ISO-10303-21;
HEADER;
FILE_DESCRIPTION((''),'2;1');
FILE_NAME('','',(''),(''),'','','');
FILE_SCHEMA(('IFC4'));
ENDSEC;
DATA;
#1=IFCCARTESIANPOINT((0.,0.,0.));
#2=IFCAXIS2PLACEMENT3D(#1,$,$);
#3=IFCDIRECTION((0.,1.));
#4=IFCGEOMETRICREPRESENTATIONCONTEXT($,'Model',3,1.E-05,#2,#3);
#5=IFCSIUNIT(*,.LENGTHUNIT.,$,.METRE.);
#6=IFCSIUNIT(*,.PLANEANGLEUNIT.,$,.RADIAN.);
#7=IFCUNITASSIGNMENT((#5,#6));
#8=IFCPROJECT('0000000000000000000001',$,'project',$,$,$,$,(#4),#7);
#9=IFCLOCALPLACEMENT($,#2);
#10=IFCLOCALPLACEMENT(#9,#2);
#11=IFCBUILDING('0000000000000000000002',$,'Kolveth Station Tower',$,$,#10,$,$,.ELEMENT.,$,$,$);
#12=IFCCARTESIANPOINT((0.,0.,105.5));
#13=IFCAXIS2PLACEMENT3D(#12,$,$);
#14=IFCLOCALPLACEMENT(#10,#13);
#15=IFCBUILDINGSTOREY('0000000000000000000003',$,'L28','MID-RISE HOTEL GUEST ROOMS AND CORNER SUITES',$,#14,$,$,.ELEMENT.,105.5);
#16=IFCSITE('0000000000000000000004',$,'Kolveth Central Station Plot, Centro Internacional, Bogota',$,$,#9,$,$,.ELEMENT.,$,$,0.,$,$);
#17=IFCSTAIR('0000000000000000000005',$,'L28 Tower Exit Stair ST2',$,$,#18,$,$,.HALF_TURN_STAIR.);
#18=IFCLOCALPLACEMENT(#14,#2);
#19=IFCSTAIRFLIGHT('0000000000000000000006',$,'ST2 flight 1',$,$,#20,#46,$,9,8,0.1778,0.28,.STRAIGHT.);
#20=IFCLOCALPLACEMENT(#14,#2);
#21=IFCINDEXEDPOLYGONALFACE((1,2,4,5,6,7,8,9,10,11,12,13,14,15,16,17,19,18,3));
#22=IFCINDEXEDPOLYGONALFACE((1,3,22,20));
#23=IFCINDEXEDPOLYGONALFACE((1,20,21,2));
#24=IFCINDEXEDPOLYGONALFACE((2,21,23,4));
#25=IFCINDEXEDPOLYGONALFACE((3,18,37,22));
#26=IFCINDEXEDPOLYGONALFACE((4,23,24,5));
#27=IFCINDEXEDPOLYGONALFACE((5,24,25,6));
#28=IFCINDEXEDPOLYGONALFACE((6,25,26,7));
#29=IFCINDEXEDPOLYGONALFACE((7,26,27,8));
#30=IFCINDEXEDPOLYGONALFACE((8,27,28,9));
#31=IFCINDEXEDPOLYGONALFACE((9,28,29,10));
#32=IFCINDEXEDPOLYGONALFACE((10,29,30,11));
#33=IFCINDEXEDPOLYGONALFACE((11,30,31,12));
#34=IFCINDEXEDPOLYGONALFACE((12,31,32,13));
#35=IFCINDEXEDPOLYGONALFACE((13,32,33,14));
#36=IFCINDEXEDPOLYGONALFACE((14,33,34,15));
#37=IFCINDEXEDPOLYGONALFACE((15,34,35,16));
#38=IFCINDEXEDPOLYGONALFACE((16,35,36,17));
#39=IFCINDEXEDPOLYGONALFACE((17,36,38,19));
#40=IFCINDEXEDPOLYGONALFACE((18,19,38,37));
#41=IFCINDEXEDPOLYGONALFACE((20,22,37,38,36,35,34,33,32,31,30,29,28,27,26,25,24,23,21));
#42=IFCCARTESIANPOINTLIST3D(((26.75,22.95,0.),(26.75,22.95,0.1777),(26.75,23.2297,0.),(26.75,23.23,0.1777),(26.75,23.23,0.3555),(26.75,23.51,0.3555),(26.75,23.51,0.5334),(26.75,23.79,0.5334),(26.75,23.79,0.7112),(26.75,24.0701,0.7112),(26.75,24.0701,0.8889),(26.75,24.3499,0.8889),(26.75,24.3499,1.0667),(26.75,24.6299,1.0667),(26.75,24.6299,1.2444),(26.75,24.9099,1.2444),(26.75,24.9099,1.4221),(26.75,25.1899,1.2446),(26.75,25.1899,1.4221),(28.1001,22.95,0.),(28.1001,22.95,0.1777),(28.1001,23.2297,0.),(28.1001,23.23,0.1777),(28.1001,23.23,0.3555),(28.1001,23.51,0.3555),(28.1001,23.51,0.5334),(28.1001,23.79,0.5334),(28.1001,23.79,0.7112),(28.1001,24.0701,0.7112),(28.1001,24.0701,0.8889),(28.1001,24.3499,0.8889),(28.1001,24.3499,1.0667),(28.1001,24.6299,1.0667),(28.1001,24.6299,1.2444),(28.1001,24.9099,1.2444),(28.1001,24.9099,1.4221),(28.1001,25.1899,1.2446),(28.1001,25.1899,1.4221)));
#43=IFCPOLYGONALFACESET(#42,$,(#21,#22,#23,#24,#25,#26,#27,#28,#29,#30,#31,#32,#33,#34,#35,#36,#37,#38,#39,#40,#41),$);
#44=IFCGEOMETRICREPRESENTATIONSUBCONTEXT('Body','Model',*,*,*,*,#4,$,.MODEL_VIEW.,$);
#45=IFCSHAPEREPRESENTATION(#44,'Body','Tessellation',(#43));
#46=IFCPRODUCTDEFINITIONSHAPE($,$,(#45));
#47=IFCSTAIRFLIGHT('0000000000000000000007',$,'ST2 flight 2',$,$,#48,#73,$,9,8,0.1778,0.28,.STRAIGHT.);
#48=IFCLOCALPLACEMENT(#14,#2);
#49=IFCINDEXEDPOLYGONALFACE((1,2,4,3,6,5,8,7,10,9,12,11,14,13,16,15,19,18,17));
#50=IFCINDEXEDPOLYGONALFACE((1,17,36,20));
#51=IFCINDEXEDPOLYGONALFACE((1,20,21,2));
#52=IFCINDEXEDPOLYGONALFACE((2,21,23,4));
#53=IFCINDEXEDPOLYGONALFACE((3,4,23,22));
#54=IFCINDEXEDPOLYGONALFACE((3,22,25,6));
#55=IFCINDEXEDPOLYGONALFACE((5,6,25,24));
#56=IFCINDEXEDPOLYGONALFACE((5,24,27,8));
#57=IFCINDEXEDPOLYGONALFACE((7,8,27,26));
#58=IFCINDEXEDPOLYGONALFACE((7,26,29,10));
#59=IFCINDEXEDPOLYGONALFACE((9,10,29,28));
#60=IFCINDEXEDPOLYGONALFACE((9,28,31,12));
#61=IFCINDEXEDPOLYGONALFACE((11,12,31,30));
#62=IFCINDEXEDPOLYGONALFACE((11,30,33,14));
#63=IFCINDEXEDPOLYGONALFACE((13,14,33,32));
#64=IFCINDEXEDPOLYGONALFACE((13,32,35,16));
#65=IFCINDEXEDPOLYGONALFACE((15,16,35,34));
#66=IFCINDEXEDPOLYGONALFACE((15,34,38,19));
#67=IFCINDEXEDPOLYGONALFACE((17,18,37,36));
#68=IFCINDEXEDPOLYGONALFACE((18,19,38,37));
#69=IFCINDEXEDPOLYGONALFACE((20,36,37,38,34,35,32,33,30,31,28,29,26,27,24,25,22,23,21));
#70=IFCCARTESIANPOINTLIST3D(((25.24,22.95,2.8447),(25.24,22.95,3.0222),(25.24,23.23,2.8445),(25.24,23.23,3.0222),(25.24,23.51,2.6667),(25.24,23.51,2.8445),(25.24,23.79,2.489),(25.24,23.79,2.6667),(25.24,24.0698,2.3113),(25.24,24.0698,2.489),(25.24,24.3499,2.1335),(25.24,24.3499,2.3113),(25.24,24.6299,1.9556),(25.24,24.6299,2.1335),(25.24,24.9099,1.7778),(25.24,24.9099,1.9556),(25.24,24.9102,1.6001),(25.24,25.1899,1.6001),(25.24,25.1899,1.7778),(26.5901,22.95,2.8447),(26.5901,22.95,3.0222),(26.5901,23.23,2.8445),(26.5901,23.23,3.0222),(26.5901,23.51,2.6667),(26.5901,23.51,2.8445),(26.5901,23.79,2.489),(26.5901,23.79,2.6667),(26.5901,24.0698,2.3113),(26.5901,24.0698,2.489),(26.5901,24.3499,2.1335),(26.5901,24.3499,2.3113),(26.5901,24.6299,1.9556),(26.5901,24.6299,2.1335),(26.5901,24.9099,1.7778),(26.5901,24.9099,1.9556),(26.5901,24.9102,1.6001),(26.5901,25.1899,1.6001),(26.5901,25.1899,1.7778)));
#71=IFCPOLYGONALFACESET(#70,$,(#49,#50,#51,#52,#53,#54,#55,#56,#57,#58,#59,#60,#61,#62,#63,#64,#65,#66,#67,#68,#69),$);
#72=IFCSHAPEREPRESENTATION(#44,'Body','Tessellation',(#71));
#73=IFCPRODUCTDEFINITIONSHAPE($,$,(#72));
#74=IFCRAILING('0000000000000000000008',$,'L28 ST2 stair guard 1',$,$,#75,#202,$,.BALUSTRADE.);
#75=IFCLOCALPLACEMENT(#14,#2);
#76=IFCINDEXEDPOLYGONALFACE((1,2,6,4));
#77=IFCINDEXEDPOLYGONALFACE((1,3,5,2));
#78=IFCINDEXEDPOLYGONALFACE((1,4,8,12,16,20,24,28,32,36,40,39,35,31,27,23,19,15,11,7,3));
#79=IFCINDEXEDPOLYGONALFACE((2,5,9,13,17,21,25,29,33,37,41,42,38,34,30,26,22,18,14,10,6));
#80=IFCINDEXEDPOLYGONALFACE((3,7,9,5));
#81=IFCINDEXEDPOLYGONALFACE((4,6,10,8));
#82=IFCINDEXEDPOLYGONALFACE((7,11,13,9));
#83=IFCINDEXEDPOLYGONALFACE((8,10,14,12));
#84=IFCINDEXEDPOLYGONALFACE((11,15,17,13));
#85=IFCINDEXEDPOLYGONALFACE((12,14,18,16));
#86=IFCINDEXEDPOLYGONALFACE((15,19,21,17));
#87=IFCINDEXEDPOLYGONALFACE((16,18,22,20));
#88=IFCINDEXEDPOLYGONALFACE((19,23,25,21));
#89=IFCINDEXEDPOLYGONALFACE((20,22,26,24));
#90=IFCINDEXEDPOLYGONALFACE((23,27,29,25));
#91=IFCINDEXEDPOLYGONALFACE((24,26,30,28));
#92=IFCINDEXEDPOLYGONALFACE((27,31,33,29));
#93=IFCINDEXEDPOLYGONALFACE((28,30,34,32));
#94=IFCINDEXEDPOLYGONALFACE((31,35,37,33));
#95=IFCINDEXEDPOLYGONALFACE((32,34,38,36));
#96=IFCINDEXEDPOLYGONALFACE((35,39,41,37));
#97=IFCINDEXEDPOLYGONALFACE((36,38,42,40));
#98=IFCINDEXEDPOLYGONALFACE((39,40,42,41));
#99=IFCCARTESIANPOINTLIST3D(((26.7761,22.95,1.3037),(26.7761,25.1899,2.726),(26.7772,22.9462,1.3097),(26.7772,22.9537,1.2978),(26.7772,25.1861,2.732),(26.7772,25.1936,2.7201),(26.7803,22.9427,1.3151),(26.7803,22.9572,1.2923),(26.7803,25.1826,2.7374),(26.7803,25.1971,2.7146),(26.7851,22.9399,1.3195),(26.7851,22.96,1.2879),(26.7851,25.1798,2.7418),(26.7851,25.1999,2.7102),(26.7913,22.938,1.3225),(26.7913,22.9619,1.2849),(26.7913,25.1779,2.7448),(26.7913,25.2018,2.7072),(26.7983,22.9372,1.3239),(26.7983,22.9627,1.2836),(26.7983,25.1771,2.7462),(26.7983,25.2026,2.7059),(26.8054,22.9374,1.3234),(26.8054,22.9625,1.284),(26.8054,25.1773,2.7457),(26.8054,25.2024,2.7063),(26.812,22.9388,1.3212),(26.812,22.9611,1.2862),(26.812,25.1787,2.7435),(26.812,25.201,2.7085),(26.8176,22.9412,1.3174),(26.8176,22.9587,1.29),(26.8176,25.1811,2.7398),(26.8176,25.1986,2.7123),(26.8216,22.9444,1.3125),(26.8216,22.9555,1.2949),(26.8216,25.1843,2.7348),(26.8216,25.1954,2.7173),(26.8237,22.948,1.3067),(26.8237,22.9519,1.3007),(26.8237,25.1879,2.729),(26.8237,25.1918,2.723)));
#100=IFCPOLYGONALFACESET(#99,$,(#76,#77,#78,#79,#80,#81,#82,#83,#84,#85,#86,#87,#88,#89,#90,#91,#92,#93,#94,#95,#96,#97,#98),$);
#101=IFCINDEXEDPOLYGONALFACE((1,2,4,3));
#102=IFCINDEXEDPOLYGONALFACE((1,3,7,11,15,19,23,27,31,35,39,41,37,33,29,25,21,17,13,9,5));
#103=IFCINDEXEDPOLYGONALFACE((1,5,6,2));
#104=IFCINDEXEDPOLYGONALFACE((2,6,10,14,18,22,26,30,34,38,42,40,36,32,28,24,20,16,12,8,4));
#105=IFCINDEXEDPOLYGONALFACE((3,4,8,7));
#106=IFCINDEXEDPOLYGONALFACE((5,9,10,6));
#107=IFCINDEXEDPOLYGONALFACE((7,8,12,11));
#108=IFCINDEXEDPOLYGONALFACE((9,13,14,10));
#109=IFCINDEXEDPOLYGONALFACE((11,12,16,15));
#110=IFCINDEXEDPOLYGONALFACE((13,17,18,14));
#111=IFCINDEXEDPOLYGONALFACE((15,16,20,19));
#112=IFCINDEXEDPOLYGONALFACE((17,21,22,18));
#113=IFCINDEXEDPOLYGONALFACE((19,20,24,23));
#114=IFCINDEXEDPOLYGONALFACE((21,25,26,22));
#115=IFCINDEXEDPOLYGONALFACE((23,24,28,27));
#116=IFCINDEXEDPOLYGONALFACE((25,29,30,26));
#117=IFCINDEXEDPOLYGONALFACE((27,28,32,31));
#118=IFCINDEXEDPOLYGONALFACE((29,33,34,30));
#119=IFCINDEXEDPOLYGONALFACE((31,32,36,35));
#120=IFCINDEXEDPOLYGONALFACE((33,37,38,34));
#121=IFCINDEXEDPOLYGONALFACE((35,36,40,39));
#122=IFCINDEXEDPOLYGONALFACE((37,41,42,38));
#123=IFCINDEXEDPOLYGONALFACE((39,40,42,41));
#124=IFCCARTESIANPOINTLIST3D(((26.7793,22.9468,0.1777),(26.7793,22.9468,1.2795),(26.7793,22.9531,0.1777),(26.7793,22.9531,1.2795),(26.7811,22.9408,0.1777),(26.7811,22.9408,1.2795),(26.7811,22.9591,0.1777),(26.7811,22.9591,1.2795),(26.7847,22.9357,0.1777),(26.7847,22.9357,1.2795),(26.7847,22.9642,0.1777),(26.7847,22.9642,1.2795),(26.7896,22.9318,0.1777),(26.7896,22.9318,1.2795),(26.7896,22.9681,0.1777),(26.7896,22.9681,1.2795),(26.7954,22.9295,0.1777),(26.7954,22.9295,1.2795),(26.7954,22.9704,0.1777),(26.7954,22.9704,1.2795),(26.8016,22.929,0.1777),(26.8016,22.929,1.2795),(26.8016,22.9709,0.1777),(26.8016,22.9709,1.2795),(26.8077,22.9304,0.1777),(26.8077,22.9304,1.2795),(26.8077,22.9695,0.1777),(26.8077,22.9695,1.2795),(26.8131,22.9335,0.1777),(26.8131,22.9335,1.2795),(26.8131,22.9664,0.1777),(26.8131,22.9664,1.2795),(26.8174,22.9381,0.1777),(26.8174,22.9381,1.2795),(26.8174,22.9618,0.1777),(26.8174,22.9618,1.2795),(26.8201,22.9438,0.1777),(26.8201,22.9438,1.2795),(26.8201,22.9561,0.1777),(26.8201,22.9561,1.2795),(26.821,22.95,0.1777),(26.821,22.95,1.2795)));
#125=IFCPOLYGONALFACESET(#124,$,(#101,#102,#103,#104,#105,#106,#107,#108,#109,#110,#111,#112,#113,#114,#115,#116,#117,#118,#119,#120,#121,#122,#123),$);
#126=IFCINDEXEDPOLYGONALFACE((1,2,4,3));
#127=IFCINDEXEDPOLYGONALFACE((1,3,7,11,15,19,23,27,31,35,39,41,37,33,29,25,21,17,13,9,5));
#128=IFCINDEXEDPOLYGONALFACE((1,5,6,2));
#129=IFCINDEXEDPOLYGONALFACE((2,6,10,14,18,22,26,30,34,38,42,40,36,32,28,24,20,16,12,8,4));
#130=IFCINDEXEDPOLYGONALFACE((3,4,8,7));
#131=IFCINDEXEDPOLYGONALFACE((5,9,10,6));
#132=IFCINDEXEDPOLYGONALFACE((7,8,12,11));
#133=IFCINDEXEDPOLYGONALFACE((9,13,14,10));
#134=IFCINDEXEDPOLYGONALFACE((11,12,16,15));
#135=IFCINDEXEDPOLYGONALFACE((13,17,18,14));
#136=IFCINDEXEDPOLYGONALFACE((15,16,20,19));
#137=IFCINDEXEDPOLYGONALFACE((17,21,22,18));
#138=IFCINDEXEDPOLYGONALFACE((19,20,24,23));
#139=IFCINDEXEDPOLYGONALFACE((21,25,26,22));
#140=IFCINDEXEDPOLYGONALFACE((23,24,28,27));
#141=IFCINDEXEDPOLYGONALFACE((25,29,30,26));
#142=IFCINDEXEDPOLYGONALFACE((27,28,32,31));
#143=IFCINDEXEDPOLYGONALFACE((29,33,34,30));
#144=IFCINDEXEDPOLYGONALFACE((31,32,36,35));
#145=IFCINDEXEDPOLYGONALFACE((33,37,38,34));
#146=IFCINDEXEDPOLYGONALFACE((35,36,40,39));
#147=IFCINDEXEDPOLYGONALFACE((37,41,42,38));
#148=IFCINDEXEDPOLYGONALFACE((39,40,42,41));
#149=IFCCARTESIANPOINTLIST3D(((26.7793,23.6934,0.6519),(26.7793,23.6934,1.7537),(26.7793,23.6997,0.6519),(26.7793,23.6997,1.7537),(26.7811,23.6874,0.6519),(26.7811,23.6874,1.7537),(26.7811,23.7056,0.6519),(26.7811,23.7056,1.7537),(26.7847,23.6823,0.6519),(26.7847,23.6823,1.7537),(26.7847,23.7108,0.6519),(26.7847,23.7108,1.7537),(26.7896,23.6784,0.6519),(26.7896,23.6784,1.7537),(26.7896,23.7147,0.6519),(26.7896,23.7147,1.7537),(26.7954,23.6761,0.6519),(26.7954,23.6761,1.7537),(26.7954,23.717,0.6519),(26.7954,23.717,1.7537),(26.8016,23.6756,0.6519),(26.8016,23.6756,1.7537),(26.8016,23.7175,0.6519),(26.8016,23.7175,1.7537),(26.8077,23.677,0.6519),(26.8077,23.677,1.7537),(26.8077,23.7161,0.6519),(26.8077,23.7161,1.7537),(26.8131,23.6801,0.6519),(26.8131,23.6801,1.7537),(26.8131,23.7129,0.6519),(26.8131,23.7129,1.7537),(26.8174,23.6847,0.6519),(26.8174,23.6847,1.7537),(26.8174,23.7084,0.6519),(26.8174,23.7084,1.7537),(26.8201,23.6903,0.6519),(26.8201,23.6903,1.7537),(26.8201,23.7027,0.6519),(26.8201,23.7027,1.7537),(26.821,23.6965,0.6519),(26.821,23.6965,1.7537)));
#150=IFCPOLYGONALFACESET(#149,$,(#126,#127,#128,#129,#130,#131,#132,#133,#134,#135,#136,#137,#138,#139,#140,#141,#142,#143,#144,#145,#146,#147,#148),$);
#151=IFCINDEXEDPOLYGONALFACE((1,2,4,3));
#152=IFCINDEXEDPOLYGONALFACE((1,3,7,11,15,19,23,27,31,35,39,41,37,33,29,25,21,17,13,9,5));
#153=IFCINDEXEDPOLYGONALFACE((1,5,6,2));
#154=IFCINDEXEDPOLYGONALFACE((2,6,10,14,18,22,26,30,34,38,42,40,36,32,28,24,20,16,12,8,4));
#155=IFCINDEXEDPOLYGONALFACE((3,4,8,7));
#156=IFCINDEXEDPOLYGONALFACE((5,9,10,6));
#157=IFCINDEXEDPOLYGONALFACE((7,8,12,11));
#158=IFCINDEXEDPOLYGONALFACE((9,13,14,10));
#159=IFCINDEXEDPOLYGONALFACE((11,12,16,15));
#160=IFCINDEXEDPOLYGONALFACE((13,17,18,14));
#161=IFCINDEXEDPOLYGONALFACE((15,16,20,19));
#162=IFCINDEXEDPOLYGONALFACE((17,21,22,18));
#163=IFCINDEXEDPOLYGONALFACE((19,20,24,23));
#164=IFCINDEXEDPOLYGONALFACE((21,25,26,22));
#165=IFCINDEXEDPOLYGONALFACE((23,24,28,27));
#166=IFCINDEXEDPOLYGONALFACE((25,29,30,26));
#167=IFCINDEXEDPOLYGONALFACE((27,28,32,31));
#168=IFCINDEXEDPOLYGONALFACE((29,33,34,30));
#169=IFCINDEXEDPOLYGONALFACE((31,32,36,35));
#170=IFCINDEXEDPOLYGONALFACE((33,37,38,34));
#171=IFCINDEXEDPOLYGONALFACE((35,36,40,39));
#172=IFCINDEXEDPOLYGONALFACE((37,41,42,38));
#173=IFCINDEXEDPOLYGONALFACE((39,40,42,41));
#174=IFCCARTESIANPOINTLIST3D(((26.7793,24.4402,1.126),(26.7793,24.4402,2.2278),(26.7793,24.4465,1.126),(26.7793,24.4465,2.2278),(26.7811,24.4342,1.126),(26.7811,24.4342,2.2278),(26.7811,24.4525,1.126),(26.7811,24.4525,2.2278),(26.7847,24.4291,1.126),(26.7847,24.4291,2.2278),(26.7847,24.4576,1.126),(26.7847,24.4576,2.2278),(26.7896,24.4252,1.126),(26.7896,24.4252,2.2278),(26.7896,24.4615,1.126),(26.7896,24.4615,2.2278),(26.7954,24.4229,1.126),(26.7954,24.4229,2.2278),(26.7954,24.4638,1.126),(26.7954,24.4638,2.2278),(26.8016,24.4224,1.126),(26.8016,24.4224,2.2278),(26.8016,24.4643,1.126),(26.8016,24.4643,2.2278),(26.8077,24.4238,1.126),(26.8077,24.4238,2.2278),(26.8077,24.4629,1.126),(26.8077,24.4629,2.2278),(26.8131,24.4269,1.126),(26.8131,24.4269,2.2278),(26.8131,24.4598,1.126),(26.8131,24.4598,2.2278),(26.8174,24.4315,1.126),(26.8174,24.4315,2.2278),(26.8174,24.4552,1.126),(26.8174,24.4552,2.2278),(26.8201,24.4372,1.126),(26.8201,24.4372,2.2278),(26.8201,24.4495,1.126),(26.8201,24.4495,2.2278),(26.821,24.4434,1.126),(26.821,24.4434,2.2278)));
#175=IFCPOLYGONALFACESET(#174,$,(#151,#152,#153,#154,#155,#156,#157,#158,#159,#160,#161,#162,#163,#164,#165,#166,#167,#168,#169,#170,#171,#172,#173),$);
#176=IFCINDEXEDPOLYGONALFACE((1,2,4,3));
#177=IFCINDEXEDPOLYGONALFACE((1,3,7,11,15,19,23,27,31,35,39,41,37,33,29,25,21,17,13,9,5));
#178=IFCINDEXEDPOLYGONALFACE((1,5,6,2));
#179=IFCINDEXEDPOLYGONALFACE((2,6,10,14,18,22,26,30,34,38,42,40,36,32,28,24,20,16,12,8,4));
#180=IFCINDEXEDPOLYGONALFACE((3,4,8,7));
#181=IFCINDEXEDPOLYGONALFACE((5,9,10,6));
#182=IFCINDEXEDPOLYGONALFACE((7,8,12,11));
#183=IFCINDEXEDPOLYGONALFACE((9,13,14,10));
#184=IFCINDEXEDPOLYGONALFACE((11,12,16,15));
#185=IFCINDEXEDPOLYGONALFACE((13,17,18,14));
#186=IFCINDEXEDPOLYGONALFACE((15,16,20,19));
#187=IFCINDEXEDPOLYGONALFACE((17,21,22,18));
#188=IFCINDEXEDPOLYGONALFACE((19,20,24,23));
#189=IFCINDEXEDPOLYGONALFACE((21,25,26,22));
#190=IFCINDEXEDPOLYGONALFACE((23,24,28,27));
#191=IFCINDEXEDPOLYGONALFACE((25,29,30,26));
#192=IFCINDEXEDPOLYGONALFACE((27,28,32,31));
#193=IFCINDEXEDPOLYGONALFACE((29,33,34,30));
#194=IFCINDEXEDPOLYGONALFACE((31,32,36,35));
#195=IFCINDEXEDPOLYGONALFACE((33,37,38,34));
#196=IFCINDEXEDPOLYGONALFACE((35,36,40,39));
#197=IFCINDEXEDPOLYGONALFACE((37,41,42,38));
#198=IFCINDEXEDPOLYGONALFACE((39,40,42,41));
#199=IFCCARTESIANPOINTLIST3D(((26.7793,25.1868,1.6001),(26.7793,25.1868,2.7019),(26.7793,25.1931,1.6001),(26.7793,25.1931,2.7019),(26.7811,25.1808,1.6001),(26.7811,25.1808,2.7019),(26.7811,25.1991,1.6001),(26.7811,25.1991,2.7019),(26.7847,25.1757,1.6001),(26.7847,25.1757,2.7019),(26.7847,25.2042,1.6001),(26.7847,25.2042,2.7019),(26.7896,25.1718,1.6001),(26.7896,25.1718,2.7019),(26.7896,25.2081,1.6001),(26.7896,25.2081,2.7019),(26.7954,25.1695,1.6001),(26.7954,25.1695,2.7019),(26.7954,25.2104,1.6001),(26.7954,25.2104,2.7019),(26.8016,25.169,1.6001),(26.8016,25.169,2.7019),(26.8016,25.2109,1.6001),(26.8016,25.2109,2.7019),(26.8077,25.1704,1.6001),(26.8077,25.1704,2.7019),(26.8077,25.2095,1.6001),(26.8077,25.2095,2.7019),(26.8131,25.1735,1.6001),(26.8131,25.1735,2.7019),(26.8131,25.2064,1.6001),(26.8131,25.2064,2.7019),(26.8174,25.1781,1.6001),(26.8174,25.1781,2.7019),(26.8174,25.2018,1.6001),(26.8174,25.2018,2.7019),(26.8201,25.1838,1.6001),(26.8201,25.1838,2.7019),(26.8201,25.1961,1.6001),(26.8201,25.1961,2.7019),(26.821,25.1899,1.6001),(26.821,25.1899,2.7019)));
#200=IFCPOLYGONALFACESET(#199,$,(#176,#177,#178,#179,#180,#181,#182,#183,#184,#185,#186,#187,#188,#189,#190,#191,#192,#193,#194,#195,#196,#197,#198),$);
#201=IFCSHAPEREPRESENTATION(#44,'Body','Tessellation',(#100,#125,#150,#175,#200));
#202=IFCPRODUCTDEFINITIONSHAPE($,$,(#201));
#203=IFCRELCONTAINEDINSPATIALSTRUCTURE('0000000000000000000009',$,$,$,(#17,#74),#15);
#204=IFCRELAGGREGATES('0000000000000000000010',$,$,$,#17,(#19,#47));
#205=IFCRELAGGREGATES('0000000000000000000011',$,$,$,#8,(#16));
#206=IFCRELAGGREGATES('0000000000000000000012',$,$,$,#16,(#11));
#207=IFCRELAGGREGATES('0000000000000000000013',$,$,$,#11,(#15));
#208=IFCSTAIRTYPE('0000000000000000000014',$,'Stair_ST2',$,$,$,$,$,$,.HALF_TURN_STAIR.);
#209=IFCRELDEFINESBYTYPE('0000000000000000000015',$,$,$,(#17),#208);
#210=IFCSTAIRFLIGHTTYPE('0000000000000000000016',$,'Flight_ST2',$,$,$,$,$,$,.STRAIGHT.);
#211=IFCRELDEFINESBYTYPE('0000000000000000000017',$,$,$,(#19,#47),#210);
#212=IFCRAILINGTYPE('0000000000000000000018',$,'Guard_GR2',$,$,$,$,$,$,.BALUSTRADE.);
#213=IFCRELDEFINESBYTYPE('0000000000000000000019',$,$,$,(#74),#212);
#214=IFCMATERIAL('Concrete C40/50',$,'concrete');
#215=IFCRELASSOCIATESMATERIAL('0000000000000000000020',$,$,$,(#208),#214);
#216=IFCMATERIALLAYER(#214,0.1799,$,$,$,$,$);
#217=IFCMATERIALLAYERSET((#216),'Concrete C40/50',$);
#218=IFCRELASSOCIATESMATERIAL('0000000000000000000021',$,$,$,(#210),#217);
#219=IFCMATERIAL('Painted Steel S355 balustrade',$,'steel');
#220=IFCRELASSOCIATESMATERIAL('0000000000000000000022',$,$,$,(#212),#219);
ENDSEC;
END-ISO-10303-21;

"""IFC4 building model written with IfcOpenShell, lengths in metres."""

from ifc_helpers import new_model, si_unit, direction, frame, origin, origin_2d, place, context, subcontext, project, spatial, polyline, circle, outline, extrude, material, layer, layer_set, type_object, element, aggregate, save


model = new_model("IFC4")

# Units and contexts
model_context = context("Model", 3, precision=1e-05, world=origin(), true_north=direction((0.0, 1.0)))
body_context = subcontext(model_context, "Body", "Model", "MODEL_VIEW")
ifc_project = project(units=[si_unit("LENGTHUNIT", "METRE"), si_unit("PLANEANGLEUNIT", "RADIAN")], contexts=[model_context])

# Site, building, storey
site_placement = place(None, origin())
site = spatial("IfcSite", under=ifc_project, at=site_placement, Name="Kolveth Central Station Plot, Centro Internacional, Bogota", CompositionType="ELEMENT", RefElevation=0.0)
building_placement = place(site_placement, origin())
building = spatial("IfcBuilding", under=site, at=building_placement, Name="Kolveth Station Tower", CompositionType="ELEMENT")
storey_placement = place(building_placement, frame((0.0, 0.0, 105.5)))
storey = spatial("IfcBuildingStorey", under=building, at=storey_placement, Name="L28", Description="MID-RISE HOTEL GUEST ROOMS AND CORNER SUITES", CompositionType="ELEMENT", Elevation=105.5)

# Shared definitions
ifc_material_1 = material(Name="Concrete C40/50", Category="concrete")

# Stair, stair flights
stair_type = type_object("IfcStairType", Name="Stair_ST2", PredefinedType="HALF_TURN_STAIR", material=ifc_material_1)
stair_placement = place(storey_placement, origin())
stair = element("IfcStair", 1, at=stair_placement, inside=storey, type_object=stair_type, Name="L28 Tower Exit Stair ST2", PredefinedType="HALF_TURN_STAIR")
ifc_layer_1 = layer(ifc_material_1, 0.1799)
ifc_layer_set_1 = layer_set([ifc_layer_1], Name="Concrete C40/50")
stair_flight_type = type_object("IfcStairFlightType", Name="Flight_ST2", PredefinedType="STRAIGHT", material=ifc_layer_set_1)
stair_flight_1_placement = place(storey_placement, frame((27.425, 22.95, 0.0), z_axis=(0.0, 0.0, 1.0), x_axis=(0.0, 1.0, 0.0)))
stair_flight_1 = element("IfcStairFlight", 2, at=stair_flight_1_placement, type_object=stair_flight_type, Name="ST2 flight 1", NumberOfRisers=9, NumberOfTreads=8, PredefinedType="STRAIGHT", RiserHeight=0.1778, TreadLength=0.28, context=body_context, shape_type="SweptSolid", body=[
    extrude(outline(polyline([(0.0, 0.0), (0.0, 0.1777), (0.28, 0.1777), (0.28, 0.3555), (0.5601, 0.3555), (0.5601, 0.5334), (0.8401, 0.5334), (0.8401, 0.7112), (1.1201, 0.7112), (1.1201, 0.8889), (1.3999, 0.8889), (1.3999, 1.0667), (1.6799, 1.0667), (1.6799, 1.2444), (1.96, 1.2444), (1.96, 1.4221), (2.24, 1.4221), (2.24, 1.6001), (2.24, 1.2446), (0.2798, 0.0), (0.0, 0.0)])), frame((0.0, 0.675, 0.0), z_axis=(0.0, -1.0, 0.0), x_axis=(1.0, 0.0, 0.0)), (0.0, 0.0, 1.0), 1.3501),
])
stair_flight_2_placement = place(storey_placement, frame((25.915, 25.1899, 1.6001), z_axis=(0.0, 0.0, 1.0), x_axis=(0.0, -1.0, 0.0)))
stair_flight_2 = element("IfcStairFlight", 3, at=stair_flight_2_placement, type_object=stair_flight_type, Name="ST2 flight 2", NumberOfRisers=9, NumberOfTreads=8, PredefinedType="STRAIGHT", RiserHeight=0.1778, TreadLength=0.28, context=body_context, shape_type="SweptSolid", body=[
    extrude(outline(polyline([(0.0, 0.0), (0.0, 0.1777), (0.28, 0.1777), (0.28, 0.3555), (0.5601, 0.3555), (0.5601, 0.5334), (0.8401, 0.5334), (0.8401, 0.7112), (1.1201, 0.7112), (1.1201, 0.8889), (1.3999, 0.8889), (1.3999, 1.0667), (1.6799, 1.0667), (1.6799, 1.2444), (1.96, 1.2444), (1.96, 1.4221), (2.24, 1.4221), (2.24, 1.6001), (2.24, 1.2446), (0.2798, 0.0), (0.0, 0.0)])), frame((0.0, 0.675, 0.0), z_axis=(0.0, -1.0, 0.0), x_axis=(1.0, 0.0, 0.0)), (0.0, 0.0, 1.0), 1.3501),
])
aggregate(stair, [stair_flight_1, stair_flight_2])

# Railing
ifc_material_2 = material(Name="Painted Steel S355 balustrade", Category="steel")
railing_type_1 = type_object("IfcRailingType", Name="Guard_GR2", PredefinedType="BALUSTRADE", material=ifc_material_2)
railing_1_placement = place(storey_placement, frame((26.8, 22.95, 0.1777)))
element("IfcRailing", 4, at=railing_1_placement, inside=storey, type_object=railing_type_1, Name="L28 ST2 stair guard 1", PredefinedType="BALUSTRADE", context=body_context, shape_type="SweptSolid", body=[
    extrude(circle(Radius=0.0239, at=origin_2d()), frame((0.0, 0.0, 1.126), z_axis=(0.0, 0.844188, 0.536048), x_axis=(-1.0, 0.0, 0.0)), (0.0, 0.0, 1.0), 2.6533),
    extrude(circle(Radius=0.021, at=origin_2d()), origin(), (0.0, 0.0, 1.0), 1.1018),
    extrude(circle(Radius=0.021, at=origin_2d()), frame((0.0, 0.7466, 0.4741)), (0.0, 0.0, 1.0), 1.1018),
    extrude(circle(Radius=0.021, at=origin_2d()), frame((0.0, 1.4934, 0.9482)), (0.0, 0.0, 1.0), 1.1018),
    extrude(circle(Radius=0.021, at=origin_2d()), frame((0.0, 2.24, 1.4224)), (0.0, 0.0, 1.0), 1.1018),
])

save(model, "model.ifc")
